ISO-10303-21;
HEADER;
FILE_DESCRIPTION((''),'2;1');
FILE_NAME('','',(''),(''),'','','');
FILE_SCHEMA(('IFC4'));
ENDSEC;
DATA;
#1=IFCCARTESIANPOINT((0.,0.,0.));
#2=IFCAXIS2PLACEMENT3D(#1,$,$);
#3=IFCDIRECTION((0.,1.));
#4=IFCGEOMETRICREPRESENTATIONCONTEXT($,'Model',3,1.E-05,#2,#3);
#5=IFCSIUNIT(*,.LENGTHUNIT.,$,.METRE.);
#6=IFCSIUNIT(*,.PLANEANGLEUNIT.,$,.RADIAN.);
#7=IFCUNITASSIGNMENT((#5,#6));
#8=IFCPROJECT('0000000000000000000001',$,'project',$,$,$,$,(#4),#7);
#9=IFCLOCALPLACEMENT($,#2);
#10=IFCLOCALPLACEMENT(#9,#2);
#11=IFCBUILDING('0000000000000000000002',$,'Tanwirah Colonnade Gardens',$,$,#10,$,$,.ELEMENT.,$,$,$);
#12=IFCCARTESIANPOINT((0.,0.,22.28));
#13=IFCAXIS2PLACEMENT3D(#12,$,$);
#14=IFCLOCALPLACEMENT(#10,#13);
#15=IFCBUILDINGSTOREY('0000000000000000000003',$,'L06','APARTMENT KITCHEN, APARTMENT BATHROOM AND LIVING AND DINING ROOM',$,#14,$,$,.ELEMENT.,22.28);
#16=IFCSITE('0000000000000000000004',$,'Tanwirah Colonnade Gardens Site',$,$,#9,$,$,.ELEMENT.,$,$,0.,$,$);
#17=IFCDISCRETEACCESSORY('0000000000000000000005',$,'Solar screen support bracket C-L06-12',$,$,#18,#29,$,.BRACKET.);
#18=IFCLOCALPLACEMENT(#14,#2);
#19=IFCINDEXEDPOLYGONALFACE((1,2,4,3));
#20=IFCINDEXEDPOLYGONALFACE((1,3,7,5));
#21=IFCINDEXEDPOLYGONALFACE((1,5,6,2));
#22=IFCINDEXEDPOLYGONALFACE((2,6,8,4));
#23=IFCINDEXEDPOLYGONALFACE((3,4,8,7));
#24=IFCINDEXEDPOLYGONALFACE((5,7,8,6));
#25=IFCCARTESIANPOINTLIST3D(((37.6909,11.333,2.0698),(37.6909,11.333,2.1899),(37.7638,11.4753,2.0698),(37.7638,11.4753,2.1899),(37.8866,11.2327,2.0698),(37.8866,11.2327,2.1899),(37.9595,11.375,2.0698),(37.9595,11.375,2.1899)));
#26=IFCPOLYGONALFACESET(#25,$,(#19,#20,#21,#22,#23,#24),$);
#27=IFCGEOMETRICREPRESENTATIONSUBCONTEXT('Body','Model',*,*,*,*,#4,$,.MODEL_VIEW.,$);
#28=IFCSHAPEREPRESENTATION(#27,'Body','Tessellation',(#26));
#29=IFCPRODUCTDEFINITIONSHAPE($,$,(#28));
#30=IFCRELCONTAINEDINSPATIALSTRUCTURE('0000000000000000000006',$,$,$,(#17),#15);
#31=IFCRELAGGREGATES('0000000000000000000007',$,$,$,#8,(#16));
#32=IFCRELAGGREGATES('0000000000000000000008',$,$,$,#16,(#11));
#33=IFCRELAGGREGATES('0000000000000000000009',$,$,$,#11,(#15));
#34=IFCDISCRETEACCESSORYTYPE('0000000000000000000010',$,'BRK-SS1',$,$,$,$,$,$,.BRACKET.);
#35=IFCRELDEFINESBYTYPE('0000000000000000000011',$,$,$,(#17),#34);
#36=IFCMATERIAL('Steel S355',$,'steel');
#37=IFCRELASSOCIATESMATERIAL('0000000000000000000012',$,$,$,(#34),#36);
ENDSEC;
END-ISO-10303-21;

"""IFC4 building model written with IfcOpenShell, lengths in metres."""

from ifc_helpers import new_model, si_unit, direction, frame, origin, origin_2d, place, context, subcontext, project, spatial, rectangle, extrude, material, type_object, element, save


model = new_model("IFC4")

# Units and contexts
model_context = context("Model", 3, precision=1e-05, world=origin(), true_north=direction((0.0, 1.0)))
body_context = subcontext(model_context, "Body", "Model", "MODEL_VIEW")
ifc_project = project(units=[si_unit("LENGTHUNIT", "METRE"), si_unit("PLANEANGLEUNIT", "RADIAN")], contexts=[model_context])

# Site, building, storey
site_placement = place(None, origin())
site = spatial("IfcSite", under=ifc_project, at=site_placement, Name="Tanwirah Colonnade Gardens Site", CompositionType="ELEMENT", RefElevation=0.0)
building_placement = place(site_placement, origin())
building = spatial("IfcBuilding", under=site, at=building_placement, Name="Tanwirah Colonnade Gardens", CompositionType="ELEMENT")
storey_placement = place(building_placement, frame((0.0, 0.0, 22.28)))
storey = spatial("IfcBuildingStorey", under=building, at=storey_placement, Name="L06", Description="APARTMENT KITCHEN, APARTMENT BATHROOM AND LIVING AND DINING ROOM", CompositionType="ELEMENT", Elevation=22.28)

# Discrete accessory
ifc_material_1 = material(Name="Steel S355", Category="steel")
discrete_accessory_type = type_object("IfcDiscreteAccessoryType", Name="BRK-SS1", PredefinedType="BRACKET", material=ifc_material_1)
discrete_accessory_placement = place(storey_placement, frame((37.8252, 11.354, 2.0698), z_axis=(0.0, 0.0, 1.0), x_axis=(0.890015, -0.455931, 0.0)))
element("IfcDiscreteAccessory", 1, at=discrete_accessory_placement, inside=storey, type_object=discrete_accessory_type, Name="Solar screen support bracket C-L06-12", PredefinedType="BRACKET", context=body_context, shape_type="SweptSolid", body=[
    extrude(rectangle(XDim=0.22, YDim=0.1599, at=origin_2d()), origin(), (0.0, 0.0, 1.0), 0.1201),
])

save(model, "model.ifc")
